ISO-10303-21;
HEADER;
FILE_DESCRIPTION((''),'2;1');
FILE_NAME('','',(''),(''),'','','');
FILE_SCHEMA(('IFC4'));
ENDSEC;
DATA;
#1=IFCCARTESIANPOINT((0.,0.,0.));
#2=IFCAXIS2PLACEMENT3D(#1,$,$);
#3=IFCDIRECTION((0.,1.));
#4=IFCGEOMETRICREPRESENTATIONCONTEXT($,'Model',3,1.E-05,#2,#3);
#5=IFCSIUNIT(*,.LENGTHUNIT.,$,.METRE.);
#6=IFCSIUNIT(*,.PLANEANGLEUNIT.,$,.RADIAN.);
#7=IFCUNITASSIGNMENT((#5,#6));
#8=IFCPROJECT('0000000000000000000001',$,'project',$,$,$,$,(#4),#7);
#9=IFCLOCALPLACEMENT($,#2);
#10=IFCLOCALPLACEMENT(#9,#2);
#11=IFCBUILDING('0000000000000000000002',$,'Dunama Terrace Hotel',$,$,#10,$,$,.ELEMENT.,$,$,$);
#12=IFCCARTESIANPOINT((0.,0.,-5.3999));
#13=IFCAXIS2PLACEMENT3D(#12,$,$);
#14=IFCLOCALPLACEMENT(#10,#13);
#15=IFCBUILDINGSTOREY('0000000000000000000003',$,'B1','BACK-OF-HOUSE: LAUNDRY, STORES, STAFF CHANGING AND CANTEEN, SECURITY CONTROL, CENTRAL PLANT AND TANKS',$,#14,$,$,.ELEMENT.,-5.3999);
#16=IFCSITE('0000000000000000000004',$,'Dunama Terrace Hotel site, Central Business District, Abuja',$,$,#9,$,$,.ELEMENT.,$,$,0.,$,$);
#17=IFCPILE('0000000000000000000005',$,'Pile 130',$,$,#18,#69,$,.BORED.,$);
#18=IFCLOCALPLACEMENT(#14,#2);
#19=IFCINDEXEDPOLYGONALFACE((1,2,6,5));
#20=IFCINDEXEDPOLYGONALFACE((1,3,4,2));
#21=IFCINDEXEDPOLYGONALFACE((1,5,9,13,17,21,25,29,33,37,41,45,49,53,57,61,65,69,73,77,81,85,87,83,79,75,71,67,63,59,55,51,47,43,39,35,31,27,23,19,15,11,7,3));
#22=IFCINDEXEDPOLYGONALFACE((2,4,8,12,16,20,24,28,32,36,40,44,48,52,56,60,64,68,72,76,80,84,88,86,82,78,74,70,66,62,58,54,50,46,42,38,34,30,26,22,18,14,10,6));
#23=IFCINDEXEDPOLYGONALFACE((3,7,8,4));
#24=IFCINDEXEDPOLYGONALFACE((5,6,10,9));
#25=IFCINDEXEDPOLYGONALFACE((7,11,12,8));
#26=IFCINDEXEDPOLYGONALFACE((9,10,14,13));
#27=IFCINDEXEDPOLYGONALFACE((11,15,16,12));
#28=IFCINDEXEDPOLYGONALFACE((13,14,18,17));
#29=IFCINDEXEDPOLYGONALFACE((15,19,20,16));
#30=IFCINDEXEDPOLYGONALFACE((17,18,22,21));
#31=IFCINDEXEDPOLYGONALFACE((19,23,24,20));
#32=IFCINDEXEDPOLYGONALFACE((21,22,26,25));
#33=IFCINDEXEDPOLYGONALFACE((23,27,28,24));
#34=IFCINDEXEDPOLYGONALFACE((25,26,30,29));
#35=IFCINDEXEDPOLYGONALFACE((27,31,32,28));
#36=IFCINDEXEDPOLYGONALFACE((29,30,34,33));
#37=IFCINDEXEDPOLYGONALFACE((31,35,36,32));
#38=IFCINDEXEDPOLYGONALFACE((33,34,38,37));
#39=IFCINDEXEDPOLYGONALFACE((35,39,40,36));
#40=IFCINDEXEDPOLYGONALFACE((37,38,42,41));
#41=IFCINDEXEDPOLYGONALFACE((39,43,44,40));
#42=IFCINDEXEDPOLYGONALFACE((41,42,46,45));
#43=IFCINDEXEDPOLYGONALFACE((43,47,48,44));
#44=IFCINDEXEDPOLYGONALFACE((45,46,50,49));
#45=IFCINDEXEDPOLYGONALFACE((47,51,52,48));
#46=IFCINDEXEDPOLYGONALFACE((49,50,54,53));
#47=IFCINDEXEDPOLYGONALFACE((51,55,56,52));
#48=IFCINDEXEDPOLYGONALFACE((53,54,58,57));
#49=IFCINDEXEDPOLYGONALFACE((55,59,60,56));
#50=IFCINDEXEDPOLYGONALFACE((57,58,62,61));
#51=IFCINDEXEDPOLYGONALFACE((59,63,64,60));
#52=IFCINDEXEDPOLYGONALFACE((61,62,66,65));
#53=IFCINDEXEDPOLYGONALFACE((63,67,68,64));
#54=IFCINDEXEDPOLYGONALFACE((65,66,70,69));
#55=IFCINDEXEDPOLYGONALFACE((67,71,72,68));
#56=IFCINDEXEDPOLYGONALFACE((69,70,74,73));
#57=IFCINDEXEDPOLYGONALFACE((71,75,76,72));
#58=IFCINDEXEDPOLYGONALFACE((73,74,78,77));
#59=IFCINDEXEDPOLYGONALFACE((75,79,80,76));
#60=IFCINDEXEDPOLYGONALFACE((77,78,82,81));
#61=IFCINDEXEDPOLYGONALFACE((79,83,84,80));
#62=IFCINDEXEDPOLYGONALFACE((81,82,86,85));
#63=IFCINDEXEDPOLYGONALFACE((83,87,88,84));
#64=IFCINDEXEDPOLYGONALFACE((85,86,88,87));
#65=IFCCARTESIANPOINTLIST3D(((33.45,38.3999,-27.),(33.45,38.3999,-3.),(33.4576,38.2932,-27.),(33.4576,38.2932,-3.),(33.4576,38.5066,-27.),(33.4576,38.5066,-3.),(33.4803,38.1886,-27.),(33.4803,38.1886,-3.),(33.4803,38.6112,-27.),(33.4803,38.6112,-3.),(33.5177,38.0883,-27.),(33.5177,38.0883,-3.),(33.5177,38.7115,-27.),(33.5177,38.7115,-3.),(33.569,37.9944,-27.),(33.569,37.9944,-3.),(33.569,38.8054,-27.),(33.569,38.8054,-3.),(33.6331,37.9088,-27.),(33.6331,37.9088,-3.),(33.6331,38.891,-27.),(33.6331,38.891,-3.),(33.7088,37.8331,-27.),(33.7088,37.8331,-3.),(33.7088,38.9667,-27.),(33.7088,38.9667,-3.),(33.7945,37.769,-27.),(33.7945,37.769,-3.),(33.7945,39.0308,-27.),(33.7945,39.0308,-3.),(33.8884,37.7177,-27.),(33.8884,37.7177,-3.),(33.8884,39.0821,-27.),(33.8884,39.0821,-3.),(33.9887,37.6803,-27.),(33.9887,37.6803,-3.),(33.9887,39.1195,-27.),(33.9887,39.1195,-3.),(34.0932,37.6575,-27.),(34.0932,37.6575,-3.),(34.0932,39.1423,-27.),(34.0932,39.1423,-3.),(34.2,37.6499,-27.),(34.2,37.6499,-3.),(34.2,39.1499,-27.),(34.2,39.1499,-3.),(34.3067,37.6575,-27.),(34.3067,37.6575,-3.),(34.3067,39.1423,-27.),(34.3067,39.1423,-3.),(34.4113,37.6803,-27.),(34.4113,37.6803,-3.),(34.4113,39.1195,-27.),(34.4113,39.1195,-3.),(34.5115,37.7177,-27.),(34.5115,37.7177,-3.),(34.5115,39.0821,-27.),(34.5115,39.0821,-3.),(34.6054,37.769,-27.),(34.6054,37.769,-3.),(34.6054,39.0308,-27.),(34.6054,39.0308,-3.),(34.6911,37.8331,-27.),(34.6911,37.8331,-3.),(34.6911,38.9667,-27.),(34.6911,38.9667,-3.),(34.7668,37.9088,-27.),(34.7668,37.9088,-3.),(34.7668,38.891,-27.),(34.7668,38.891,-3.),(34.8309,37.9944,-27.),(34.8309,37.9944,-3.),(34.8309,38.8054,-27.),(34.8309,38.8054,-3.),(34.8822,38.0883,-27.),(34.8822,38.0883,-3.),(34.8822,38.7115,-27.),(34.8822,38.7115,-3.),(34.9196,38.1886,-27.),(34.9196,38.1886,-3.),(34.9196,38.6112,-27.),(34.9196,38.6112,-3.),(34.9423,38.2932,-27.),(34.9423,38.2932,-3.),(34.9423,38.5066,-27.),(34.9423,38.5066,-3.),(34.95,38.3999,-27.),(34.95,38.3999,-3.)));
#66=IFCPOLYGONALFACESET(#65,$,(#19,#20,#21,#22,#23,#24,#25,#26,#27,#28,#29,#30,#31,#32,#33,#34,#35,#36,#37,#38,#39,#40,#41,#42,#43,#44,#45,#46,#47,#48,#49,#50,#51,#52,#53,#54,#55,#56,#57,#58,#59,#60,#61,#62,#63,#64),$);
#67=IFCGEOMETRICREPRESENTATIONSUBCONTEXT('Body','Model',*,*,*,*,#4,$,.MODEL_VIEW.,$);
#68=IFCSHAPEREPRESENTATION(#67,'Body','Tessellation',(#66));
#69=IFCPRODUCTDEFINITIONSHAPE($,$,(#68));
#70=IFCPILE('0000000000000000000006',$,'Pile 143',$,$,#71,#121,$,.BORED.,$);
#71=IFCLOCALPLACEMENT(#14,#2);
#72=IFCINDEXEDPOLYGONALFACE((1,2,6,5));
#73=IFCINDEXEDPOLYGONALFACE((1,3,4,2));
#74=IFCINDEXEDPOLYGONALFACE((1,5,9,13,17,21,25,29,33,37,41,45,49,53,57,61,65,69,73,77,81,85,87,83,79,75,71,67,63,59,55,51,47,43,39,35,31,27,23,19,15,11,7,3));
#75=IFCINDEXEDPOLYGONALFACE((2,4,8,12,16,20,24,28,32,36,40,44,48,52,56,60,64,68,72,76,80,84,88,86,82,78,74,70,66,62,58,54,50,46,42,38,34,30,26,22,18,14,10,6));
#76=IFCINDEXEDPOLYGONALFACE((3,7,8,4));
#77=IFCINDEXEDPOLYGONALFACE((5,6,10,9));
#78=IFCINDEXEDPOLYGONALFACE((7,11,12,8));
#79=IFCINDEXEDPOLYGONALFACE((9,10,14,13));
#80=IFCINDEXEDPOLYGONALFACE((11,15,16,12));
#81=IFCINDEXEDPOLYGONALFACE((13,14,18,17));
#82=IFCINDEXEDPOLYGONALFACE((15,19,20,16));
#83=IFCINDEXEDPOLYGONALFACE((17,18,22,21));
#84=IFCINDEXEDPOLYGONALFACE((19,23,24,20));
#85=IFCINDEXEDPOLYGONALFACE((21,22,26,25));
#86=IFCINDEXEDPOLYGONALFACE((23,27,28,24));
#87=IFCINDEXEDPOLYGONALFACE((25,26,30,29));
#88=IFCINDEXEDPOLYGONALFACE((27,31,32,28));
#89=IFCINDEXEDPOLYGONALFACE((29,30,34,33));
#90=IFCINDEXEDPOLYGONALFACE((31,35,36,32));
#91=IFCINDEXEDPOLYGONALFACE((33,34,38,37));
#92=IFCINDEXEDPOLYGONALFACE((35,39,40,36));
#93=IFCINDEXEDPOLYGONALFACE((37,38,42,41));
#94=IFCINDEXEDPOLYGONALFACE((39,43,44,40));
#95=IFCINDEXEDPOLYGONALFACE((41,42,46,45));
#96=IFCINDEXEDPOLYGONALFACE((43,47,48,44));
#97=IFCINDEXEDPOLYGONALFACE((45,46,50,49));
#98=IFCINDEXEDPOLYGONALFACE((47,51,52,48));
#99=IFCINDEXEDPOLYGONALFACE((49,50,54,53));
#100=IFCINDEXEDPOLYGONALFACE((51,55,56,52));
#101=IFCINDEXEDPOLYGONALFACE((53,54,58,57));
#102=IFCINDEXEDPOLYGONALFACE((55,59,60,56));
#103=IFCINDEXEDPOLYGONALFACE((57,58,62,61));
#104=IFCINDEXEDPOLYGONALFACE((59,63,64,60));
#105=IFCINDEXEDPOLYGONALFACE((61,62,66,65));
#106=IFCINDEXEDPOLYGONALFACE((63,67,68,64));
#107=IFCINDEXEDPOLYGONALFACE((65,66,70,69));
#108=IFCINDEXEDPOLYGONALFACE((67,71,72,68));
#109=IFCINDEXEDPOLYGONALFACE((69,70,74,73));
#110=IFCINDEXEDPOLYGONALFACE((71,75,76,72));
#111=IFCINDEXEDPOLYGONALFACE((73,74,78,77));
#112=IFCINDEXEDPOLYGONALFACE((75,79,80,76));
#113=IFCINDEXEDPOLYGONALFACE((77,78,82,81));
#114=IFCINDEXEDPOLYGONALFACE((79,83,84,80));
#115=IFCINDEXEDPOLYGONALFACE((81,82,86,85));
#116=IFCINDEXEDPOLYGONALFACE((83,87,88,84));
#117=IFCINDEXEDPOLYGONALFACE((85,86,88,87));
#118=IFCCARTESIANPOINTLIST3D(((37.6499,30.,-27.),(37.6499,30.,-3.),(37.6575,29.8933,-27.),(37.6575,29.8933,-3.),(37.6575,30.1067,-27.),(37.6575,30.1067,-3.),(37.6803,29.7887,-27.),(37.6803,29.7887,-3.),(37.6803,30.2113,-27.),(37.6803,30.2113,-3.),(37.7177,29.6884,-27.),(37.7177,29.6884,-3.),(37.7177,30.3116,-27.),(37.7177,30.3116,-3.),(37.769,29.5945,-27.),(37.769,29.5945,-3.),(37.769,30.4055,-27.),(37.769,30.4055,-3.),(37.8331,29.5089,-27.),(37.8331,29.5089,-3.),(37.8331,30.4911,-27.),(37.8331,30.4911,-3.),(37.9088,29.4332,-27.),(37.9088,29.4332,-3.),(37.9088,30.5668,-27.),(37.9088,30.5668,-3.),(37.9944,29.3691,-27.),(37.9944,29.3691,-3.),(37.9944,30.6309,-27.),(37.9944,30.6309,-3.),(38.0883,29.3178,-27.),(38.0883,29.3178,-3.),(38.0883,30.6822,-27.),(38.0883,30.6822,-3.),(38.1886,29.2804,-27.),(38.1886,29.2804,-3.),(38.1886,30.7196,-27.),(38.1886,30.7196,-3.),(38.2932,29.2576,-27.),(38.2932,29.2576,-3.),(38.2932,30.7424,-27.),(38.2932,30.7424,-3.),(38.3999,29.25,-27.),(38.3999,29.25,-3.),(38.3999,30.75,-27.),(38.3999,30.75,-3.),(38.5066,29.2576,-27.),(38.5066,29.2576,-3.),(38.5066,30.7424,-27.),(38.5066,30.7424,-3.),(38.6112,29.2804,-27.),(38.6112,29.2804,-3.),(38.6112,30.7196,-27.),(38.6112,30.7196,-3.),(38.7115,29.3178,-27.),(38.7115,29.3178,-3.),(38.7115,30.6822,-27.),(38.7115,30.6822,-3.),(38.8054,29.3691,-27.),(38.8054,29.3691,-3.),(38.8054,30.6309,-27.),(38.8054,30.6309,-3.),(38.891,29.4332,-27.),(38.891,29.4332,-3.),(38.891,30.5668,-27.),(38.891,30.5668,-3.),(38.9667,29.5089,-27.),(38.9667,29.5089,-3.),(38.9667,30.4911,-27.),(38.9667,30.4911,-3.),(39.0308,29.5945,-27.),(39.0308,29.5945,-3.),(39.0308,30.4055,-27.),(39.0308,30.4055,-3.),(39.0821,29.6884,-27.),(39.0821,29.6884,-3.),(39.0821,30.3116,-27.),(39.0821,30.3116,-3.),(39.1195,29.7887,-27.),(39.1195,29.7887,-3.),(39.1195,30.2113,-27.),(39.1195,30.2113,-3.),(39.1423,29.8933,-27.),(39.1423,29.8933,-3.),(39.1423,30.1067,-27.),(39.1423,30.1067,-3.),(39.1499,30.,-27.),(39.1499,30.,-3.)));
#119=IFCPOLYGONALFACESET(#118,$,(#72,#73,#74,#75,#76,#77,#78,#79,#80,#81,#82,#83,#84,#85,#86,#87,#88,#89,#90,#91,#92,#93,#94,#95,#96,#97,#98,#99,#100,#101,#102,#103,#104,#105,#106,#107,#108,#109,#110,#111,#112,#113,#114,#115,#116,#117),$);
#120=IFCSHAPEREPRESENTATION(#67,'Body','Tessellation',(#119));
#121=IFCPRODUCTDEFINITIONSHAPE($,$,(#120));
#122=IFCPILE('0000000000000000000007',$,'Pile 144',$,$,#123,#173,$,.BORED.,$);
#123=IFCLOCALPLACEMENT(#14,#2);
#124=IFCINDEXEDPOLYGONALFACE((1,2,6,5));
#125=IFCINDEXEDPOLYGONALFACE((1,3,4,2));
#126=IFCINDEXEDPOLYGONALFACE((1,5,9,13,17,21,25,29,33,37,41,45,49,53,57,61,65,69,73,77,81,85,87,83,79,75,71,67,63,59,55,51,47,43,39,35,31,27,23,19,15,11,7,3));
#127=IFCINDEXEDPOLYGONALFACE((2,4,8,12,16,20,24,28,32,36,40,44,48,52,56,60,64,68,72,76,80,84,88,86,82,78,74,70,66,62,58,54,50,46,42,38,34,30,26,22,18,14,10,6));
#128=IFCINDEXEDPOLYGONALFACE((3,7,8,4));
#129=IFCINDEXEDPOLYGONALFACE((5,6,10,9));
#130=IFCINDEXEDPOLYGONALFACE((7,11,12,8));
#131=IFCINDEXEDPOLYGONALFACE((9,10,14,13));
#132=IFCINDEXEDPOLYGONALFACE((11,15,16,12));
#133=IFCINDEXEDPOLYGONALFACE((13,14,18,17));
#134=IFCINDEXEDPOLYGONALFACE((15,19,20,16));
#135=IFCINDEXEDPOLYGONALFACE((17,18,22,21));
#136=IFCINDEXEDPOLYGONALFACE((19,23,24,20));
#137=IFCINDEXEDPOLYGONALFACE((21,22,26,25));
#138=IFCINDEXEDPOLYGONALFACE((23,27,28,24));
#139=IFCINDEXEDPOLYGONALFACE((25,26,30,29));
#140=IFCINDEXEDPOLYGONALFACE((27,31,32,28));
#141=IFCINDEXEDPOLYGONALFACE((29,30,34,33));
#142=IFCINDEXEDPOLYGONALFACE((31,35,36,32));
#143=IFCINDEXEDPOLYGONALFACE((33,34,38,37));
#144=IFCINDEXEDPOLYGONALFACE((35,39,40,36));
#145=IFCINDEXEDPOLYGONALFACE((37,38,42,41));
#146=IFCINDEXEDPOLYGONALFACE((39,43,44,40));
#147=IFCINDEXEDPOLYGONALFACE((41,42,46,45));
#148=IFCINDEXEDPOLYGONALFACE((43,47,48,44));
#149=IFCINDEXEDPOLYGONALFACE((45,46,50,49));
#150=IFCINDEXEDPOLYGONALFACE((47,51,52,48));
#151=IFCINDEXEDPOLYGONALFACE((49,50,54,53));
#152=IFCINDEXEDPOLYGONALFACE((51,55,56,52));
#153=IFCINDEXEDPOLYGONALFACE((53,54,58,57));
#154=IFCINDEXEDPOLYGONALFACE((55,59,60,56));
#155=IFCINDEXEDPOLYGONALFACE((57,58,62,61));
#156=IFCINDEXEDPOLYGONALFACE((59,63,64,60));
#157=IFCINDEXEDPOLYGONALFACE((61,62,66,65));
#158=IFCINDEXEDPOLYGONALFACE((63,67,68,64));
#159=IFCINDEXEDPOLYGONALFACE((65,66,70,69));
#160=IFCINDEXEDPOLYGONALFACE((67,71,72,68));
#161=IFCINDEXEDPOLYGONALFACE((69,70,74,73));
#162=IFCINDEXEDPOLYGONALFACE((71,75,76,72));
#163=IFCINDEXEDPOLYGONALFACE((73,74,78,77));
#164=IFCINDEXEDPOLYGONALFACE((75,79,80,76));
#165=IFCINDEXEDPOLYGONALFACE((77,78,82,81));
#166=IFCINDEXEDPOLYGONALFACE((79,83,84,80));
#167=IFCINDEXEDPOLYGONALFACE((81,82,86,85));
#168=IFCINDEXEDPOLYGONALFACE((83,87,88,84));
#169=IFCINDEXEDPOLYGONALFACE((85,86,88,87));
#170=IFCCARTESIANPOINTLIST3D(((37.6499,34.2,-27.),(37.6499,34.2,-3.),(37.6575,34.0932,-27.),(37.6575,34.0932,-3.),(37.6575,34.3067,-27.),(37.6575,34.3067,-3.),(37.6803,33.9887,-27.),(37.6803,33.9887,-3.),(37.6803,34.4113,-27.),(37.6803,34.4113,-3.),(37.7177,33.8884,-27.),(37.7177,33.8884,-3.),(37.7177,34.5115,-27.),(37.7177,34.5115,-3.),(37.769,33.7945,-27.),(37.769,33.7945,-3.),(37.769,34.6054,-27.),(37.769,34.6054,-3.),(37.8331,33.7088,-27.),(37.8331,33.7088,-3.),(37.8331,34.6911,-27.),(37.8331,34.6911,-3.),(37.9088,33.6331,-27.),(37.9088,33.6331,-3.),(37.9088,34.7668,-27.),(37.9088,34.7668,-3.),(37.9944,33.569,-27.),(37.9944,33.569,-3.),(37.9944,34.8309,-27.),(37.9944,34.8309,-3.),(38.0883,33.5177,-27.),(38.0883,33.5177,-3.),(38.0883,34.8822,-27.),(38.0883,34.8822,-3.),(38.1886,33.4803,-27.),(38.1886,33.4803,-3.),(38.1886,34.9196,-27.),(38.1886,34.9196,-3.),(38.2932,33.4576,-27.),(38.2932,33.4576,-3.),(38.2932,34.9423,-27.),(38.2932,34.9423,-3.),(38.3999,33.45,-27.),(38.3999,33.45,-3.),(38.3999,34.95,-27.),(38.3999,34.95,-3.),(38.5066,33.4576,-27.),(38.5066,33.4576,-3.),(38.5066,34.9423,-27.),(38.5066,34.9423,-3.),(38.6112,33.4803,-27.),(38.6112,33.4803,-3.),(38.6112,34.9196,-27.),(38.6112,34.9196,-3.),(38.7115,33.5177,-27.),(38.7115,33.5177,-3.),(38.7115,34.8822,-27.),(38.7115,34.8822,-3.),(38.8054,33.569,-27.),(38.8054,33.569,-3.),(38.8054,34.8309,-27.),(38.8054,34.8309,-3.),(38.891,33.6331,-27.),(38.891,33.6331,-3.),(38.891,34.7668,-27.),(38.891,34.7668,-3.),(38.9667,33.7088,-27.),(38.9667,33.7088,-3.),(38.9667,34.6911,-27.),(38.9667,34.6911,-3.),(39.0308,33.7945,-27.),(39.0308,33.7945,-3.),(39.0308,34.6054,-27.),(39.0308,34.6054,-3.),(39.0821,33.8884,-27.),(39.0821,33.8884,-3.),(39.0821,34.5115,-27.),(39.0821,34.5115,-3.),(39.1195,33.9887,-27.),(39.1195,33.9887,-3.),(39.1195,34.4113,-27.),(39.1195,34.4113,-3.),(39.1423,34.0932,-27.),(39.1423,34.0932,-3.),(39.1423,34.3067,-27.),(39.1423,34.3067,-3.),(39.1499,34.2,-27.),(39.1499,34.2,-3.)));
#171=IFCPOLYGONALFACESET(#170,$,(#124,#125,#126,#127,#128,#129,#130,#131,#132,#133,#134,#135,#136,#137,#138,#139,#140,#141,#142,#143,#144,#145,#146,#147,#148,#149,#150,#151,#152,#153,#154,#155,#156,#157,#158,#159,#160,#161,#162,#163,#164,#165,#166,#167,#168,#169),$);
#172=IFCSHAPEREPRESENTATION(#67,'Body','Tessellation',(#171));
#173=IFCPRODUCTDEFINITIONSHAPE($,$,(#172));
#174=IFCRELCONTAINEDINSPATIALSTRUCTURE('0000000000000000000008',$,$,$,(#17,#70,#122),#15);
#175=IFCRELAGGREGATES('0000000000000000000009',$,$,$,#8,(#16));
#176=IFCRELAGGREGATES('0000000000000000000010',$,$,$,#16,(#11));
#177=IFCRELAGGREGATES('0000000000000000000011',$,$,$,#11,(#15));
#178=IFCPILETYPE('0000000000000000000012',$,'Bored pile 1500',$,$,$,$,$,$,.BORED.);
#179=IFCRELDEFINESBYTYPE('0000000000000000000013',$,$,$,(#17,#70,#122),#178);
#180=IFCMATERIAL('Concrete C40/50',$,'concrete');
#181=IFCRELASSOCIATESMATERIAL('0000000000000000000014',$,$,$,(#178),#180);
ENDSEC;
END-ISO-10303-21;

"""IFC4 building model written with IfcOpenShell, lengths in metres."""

from ifc_helpers import new_model, si_unit, direction, frame, origin, origin_2d, place, context, subcontext, project, spatial, circle, extrude, material, material_profile, profile_set, type_object, element, save


model = new_model("IFC4")

# Units and contexts
model_context = context("Model", 3, precision=1e-05, world=origin(), true_north=direction((0.0, 1.0)))
body_context = subcontext(model_context, "Body", "Model", "MODEL_VIEW")
ifc_project = project(units=[si_unit("LENGTHUNIT", "METRE"), si_unit("PLANEANGLEUNIT", "RADIAN")], contexts=[model_context])

# Site, building, storey
site_placement = place(None, origin())
site = spatial("IfcSite", under=ifc_project, at=site_placement, Name="Dunama Terrace Hotel site, Central Business District, Abuja", CompositionType="ELEMENT", RefElevation=0.0)
building_placement = place(site_placement, origin())
building = spatial("IfcBuilding", under=site, at=building_placement, Name="Dunama Terrace Hotel", CompositionType="ELEMENT")
storey_placement = place(building_placement, frame((0.0, 0.0, -5.3999)))
storey = spatial("IfcBuildingStorey", under=building, at=storey_placement, Name="B1", Description="BACK-OF-HOUSE: LAUNDRY, STORES, STAFF CHANGING AND CANTEEN, SECURITY CONTROL, CENTRAL PLANT AND TANKS", CompositionType="ELEMENT", Elevation=-5.3999)

# Piles
ifc_material_1 = material(Name="Concrete C40/50", Category="concrete")
ifc_material_profile = material_profile(ifc_material_1, circle(Radius=0.75, at=origin_2d()), Name="PILE D1500")
ifc_profile_set = profile_set([ifc_material_profile], Name="Concrete C40/50")
pile_type = type_object("IfcPileType", Name="Bored pile 1500", PredefinedType="BORED", material=ifc_profile_set)
for number, where, z_axis, x_axis, name in (
    (1, (34.2, 38.3999, -3.0), (0.0, 0.0, -1.0), (1.0, 0.0, 0.0), "Pile 130"),
    (2, (38.3999, 30.0, -3.0), (0.0, 0.0, -1.0), (1.0, 0.0, 0.0), "Pile 143"),
    (3, (38.3999, 34.2, -3.0), (0.0, 0.0, -1.0), (1.0, 0.0, 0.0), "Pile 144"),
):
    element("IfcPile", number, at=place(storey_placement, frame(where, z_axis=z_axis, x_axis=x_axis)), inside=storey, type_object=pile_type, Name=name, PredefinedType="BORED", context=body_context, shape_type="SweptSolid", body=[
        extrude(circle(Radius=0.75, at=origin_2d()), origin(), (0.0, 0.0, 1.0), 24.0),
    ])

save(model, "model.ifc")
